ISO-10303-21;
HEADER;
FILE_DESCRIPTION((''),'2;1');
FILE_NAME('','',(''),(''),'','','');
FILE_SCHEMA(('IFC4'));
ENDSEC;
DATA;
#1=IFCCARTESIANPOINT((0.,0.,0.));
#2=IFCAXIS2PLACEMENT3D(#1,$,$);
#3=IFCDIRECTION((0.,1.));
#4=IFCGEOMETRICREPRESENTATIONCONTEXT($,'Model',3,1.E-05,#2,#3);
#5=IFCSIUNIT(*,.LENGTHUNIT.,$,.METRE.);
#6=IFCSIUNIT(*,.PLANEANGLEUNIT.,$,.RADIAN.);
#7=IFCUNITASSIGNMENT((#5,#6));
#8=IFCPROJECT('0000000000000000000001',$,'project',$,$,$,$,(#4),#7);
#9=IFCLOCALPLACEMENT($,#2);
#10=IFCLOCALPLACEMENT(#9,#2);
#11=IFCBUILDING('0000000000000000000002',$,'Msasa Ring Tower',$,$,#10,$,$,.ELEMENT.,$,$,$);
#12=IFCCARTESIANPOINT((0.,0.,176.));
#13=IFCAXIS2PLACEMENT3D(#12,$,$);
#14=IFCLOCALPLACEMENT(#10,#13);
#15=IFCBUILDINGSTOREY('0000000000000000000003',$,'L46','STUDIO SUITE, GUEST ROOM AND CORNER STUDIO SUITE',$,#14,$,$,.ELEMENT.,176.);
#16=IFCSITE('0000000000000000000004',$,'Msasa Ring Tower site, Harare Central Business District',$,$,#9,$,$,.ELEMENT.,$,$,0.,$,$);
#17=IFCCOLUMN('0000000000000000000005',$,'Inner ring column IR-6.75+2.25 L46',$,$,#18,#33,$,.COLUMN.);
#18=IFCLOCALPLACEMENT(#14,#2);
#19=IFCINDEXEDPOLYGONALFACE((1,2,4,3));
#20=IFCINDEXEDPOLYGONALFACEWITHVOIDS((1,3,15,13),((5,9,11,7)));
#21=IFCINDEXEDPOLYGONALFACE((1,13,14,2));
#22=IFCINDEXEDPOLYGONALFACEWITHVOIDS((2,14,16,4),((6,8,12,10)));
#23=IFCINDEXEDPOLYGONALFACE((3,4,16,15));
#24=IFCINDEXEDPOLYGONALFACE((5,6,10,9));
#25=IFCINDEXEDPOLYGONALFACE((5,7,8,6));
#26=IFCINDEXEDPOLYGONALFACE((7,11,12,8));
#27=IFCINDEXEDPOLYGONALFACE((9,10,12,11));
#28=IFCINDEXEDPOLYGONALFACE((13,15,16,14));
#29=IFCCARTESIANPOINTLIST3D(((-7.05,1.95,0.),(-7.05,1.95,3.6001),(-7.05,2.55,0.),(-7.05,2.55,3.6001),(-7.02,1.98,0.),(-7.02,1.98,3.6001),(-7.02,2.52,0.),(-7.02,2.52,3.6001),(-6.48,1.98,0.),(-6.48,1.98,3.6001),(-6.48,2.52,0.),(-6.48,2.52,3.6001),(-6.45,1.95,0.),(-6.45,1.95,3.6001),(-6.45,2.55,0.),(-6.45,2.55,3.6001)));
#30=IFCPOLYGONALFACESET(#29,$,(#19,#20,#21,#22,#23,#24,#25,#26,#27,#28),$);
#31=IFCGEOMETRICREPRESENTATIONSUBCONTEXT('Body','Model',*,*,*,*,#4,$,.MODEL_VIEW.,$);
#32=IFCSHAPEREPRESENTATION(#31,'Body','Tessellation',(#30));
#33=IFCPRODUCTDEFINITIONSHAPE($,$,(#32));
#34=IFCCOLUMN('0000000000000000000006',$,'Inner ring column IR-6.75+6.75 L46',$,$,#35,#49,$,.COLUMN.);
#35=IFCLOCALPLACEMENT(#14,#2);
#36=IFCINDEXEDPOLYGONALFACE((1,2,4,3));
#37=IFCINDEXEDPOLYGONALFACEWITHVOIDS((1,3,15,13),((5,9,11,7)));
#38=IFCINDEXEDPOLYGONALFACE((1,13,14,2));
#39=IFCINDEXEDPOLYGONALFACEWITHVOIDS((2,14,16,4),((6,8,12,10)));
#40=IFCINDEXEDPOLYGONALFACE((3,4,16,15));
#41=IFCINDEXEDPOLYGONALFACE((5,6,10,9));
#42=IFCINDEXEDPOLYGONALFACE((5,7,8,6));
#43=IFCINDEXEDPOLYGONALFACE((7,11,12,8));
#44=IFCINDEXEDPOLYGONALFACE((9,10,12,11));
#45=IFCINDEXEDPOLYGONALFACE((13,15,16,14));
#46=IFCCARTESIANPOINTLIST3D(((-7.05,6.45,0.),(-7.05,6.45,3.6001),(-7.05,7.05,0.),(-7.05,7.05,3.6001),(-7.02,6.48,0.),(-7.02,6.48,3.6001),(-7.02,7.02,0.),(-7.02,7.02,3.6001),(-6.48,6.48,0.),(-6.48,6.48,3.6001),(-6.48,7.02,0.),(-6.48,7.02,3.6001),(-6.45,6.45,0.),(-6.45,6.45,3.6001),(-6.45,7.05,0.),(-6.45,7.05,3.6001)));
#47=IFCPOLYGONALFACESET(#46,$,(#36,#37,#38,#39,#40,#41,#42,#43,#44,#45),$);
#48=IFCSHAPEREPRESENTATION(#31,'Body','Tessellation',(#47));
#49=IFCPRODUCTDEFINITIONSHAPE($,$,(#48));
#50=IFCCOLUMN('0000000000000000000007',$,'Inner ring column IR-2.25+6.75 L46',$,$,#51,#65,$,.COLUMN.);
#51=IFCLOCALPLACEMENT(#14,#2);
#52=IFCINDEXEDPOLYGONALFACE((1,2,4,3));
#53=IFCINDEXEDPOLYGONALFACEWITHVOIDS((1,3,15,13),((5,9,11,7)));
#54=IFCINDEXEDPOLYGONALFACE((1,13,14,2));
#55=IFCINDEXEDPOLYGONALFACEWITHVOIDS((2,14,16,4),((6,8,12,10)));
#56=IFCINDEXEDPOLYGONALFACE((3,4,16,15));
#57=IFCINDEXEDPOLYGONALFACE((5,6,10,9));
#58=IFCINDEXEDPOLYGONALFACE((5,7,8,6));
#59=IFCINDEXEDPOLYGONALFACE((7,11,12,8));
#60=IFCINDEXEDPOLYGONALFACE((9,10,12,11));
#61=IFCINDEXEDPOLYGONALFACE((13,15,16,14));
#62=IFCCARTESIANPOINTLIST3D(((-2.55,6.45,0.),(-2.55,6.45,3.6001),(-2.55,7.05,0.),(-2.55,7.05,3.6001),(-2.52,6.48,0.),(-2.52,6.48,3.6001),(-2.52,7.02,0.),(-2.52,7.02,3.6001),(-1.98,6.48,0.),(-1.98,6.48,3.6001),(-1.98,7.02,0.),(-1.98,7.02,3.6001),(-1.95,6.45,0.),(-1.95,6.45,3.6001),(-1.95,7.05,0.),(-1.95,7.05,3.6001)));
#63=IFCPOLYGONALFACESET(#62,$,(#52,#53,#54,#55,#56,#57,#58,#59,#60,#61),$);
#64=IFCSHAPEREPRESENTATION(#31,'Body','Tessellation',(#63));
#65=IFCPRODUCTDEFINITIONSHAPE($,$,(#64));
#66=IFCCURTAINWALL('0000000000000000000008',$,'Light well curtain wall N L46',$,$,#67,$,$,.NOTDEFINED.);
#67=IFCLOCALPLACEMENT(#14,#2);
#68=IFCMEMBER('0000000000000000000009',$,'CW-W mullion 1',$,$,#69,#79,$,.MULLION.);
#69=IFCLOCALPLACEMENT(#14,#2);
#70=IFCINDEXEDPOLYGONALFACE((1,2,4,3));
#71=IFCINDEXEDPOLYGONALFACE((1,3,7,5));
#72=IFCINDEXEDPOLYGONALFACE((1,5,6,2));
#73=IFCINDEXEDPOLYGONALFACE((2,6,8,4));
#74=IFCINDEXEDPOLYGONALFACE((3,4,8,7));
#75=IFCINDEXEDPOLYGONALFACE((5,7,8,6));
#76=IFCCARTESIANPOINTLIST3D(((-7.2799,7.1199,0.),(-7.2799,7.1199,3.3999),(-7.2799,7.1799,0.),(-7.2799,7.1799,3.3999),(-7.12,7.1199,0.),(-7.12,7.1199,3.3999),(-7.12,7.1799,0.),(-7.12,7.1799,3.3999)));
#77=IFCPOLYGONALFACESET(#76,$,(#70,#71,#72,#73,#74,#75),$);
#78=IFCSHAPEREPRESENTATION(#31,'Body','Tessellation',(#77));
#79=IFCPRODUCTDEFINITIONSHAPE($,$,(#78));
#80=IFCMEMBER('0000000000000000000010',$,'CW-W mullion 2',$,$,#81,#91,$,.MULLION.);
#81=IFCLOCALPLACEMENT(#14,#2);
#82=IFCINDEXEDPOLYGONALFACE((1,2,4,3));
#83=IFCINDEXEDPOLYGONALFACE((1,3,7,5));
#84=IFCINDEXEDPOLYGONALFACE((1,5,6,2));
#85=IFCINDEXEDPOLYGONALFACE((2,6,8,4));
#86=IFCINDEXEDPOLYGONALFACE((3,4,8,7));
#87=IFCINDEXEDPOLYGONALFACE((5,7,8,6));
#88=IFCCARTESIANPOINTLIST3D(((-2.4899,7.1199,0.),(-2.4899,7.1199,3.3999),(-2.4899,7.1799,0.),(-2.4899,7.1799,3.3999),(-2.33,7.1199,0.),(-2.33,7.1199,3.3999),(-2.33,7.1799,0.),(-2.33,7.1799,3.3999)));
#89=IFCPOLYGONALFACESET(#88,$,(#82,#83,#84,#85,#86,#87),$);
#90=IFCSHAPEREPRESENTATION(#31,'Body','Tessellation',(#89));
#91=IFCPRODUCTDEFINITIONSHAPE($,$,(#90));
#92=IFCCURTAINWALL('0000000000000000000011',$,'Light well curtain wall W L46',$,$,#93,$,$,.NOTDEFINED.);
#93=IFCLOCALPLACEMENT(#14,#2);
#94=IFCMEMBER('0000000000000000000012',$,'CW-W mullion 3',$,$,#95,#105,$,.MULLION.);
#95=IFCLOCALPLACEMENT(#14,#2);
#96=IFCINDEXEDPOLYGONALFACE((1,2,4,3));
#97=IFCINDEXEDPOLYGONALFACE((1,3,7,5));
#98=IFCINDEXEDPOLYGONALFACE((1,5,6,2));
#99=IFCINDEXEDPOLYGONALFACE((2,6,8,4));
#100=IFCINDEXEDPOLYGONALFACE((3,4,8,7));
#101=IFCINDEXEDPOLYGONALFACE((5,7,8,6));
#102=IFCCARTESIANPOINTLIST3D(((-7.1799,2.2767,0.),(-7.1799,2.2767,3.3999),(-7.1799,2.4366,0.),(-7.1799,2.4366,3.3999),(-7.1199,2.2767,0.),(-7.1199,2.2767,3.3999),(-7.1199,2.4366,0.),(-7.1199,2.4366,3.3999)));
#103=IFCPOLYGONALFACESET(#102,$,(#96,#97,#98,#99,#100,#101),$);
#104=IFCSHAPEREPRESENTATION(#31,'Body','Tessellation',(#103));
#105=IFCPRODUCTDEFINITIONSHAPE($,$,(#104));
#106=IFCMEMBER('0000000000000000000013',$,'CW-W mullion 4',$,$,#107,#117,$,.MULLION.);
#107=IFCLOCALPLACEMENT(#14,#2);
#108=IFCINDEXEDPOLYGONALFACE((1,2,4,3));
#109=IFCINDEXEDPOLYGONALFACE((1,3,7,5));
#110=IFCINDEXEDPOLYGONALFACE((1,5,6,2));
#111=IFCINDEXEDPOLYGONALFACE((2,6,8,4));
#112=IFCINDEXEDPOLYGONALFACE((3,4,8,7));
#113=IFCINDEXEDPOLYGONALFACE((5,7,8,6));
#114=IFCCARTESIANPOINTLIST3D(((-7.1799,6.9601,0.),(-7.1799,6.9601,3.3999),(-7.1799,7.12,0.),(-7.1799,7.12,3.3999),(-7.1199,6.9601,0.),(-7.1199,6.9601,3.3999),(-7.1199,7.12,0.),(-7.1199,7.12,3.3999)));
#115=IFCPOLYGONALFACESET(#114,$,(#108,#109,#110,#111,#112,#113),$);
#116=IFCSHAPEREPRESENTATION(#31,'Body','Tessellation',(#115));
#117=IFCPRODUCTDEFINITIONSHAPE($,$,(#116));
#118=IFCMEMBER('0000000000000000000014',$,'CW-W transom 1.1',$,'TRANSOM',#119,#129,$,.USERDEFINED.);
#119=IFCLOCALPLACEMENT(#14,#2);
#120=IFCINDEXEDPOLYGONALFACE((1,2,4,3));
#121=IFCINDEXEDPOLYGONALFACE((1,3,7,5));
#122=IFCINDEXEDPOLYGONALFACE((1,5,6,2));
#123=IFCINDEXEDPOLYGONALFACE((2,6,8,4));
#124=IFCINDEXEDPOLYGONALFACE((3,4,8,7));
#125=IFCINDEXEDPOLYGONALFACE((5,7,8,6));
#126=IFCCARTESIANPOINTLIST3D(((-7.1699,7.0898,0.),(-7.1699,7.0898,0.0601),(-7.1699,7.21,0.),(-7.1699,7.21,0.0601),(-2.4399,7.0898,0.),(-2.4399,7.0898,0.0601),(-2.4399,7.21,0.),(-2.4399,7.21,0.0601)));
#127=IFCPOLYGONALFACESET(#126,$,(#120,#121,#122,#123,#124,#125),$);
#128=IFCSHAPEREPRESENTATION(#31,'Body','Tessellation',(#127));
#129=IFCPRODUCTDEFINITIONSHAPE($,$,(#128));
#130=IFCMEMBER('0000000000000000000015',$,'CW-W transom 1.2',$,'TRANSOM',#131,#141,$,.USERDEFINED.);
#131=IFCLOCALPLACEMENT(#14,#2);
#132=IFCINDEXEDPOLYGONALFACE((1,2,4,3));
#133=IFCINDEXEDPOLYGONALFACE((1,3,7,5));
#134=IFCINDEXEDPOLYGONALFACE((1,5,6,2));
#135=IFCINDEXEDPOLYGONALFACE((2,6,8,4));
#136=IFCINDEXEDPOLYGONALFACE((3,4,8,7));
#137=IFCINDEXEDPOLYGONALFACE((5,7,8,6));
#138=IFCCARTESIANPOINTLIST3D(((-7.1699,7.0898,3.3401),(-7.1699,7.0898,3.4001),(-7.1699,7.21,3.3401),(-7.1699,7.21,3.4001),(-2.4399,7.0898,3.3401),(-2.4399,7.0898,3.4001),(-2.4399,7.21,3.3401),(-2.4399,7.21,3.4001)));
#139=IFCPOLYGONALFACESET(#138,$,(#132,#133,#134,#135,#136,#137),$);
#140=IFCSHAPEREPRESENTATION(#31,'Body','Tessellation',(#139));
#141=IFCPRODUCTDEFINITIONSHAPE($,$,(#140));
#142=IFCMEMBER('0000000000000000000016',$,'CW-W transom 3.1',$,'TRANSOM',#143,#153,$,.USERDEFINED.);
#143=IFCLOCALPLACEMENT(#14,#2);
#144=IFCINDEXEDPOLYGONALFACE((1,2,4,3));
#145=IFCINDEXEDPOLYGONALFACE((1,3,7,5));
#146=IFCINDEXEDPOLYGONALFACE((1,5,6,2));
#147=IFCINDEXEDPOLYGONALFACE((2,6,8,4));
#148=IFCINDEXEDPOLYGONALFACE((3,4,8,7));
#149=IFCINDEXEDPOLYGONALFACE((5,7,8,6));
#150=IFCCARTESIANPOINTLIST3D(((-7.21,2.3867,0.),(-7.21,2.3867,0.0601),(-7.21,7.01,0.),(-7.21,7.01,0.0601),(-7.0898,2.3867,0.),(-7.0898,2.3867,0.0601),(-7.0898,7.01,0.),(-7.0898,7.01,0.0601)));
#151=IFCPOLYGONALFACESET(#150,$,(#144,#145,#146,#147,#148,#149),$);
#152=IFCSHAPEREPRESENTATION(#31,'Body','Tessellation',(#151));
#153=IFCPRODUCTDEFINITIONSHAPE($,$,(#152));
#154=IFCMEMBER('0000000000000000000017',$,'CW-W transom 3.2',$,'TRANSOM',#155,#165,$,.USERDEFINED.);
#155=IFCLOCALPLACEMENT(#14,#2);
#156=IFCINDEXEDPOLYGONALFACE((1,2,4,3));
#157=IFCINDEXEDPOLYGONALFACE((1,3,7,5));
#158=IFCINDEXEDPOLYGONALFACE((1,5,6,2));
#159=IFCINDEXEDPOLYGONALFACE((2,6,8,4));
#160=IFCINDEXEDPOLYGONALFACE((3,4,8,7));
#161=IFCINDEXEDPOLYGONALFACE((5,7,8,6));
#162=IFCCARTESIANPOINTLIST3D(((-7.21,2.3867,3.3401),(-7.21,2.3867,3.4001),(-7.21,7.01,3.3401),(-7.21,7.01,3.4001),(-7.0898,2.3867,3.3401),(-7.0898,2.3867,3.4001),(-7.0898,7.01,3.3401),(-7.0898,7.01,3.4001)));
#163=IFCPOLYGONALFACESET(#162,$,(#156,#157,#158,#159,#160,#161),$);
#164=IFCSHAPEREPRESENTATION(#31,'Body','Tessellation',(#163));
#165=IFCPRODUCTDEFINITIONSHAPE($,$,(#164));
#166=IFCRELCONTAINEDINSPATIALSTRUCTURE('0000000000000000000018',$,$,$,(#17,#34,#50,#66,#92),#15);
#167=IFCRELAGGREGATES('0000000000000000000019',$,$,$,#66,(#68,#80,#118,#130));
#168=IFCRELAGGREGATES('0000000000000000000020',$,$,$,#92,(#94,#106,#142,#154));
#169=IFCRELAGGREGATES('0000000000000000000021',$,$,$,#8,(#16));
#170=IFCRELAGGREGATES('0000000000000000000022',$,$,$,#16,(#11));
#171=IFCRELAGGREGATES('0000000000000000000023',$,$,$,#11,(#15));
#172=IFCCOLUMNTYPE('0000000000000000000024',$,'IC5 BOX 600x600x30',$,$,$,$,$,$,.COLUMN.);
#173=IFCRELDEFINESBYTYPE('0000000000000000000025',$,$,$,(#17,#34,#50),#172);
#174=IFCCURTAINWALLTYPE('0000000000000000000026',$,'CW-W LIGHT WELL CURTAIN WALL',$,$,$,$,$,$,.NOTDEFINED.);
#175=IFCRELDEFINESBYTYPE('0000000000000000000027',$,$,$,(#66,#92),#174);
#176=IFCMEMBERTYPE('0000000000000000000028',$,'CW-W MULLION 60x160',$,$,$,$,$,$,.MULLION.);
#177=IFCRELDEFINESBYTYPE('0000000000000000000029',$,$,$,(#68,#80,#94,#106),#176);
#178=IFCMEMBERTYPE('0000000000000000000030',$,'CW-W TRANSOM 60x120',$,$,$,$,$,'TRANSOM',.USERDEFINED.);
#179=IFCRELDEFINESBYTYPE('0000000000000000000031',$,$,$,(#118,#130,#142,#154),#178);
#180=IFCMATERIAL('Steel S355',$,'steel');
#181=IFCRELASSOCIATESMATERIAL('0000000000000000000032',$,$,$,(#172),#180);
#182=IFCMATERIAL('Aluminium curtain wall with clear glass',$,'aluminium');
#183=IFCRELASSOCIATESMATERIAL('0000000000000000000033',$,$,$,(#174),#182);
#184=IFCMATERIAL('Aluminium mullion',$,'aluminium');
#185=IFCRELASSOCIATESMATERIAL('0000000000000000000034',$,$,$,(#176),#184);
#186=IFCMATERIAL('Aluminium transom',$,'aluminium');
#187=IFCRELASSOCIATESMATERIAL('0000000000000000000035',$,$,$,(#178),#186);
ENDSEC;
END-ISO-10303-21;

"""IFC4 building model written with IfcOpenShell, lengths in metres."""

from ifc_helpers import new_model, si_unit, direction, frame, origin, origin_2d, place, context, subcontext, project, spatial, rectangle, hollow_rectangle, extrude, material, material_profile, profile_set, type_object, element, aggregate, save


model = new_model("IFC4")

# Units and contexts
model_context = context("Model", 3, precision=1e-05, world=origin(), true_north=direction((0.0, 1.0)))
body_context = subcontext(model_context, "Body", "Model", "MODEL_VIEW")
ifc_project = project(units=[si_unit("LENGTHUNIT", "METRE"), si_unit("PLANEANGLEUNIT", "RADIAN")], contexts=[model_context])

# Site, building, storey
site_placement = place(None, origin())
site = spatial("IfcSite", under=ifc_project, at=site_placement, Name="Msasa Ring Tower site, Harare Central Business District", CompositionType="ELEMENT", RefElevation=0.0)
building_placement = place(site_placement, origin())
building = spatial("IfcBuilding", under=site, at=building_placement, Name="Msasa Ring Tower", CompositionType="ELEMENT")
storey_placement = place(building_placement, frame((0.0, 0.0, 176.0)))
storey = spatial("IfcBuildingStorey", under=building, at=storey_placement, Name="L46", Description="STUDIO SUITE, GUEST ROOM AND CORNER STUDIO SUITE", CompositionType="ELEMENT", Elevation=176.0)

# Columns
ifc_material_1 = material(Name="Steel S355", Category="steel")
ifc_material_profile_1 = material_profile(ifc_material_1, hollow_rectangle(XDim=0.6001, YDim=0.6001, WallThickness=0.03, at=origin_2d()), Name="BOX 600x600x30")
ifc_profile_set_1 = profile_set([ifc_material_profile_1], Name="Steel S355")
column_type = type_object("IfcColumnType", Name="IC5 BOX 600x600x30", PredefinedType="COLUMN", material=ifc_profile_set_1)
for number, where, z_axis, x_axis, name in (
    (1, (-6.75, 2.25, 0.0), (0.0, 0.0, 1.0), (1.0, 0.0, 0.0), "Inner ring column IR-6.75+2.25 L46"),
    (2, (-6.75, 6.75, 0.0), (0.0, 0.0, 1.0), (1.0, 0.0, 0.0), "Inner ring column IR-6.75+6.75 L46"),
    (3, (-2.25, 6.75, 0.0), (0.0, 0.0, 1.0), (1.0, 0.0, 0.0), "Inner ring column IR-2.25+6.75 L46"),
):
    element("IfcColumn", number, at=place(storey_placement, frame(where, z_axis=z_axis, x_axis=x_axis)), inside=storey, type_object=column_type, Name=name, PredefinedType="COLUMN", context=body_context, shape_type="SweptSolid", body=[
        extrude(hollow_rectangle(XDim=0.6001, YDim=0.6001, WallThickness=0.03, at=origin_2d()), origin(), (0.0, 0.0, 1.0), 3.6001),
    ])

# Curtain walls, members
ifc_material_2 = material(Name="Aluminium curtain wall with clear glass", Category="aluminium")
curtain_wall_type = type_object("IfcCurtainWallType", Name="CW-W LIGHT WELL CURTAIN WALL", PredefinedType="NOTDEFINED", material=ifc_material_2)
curtain_wall_1_placement = place(storey_placement, origin())
curtain_wall_1 = element("IfcCurtainWall", 4, at=curtain_wall_1_placement, inside=storey, type_object=curtain_wall_type, Name="Light well curtain wall N L46", PredefinedType="NOTDEFINED")
ifc_material_3 = material(Name="Aluminium mullion", Category="aluminium")
ifc_material_profile_2 = material_profile(ifc_material_3, rectangle(XDim=0.0601, YDim=0.1599, at=origin_2d()), Name="AL 60x160")
ifc_profile_set_2 = profile_set([ifc_material_profile_2], Name="Aluminium mullion")
member_type_1 = type_object("IfcMemberType", Name="CW-W MULLION 60x160", PredefinedType="MULLION", material=ifc_profile_set_2)
member_1_placement = place(storey_placement, frame((-7.2, 7.1499, 0.0), z_axis=(0.0, 0.0, 1.0), x_axis=(0.0, 1.0, 0.0)))
member_1 = element("IfcMember", 5, at=member_1_placement, type_object=member_type_1, Name="CW-W mullion 1", PredefinedType="MULLION", context=body_context, shape_type="SweptSolid", body=[
    extrude(rectangle(XDim=0.0601, YDim=0.1599, at=origin_2d()), origin(), (0.0, 0.0, 1.0), 3.3999),
])
member_2_placement = place(storey_placement, frame((-2.4099, 7.1499, 0.0), z_axis=(0.0, 0.0, 1.0), x_axis=(0.0, 1.0, 0.0)))
member_2 = element("IfcMember", 6, at=member_2_placement, type_object=member_type_1, Name="CW-W mullion 2", PredefinedType="MULLION", context=body_context, shape_type="SweptSolid", body=[
    extrude(rectangle(XDim=0.0601, YDim=0.1599, at=origin_2d()), origin(), (0.0, 0.0, 1.0), 3.3999),
])
curtain_wall_2_placement = place(storey_placement, origin())
curtain_wall_2 = element("IfcCurtainWall", 7, at=curtain_wall_2_placement, inside=storey, type_object=curtain_wall_type, Name="Light well curtain wall W L46", PredefinedType="NOTDEFINED")
member_3_placement = place(storey_placement, frame((-7.1499, 2.3567, 0.0), z_axis=(0.0, 0.0, 1.0), x_axis=(-1.0, 0.0, 0.0)))
member_3 = element("IfcMember", 8, at=member_3_placement, type_object=member_type_1, Name="CW-W mullion 3", PredefinedType="MULLION", context=body_context, shape_type="SweptSolid", body=[
    extrude(rectangle(XDim=0.0601, YDim=0.1599, at=origin_2d()), origin(), (0.0, 0.0, 1.0), 3.3999),
])
member_4_placement = place(storey_placement, frame((-7.1499, 7.04, 0.0), z_axis=(0.0, 0.0, 1.0), x_axis=(-1.0, 0.0, 0.0)))
member_4 = element("IfcMember", 9, at=member_4_placement, type_object=member_type_1, Name="CW-W mullion 4", PredefinedType="MULLION", context=body_context, shape_type="SweptSolid", body=[
    extrude(rectangle(XDim=0.0601, YDim=0.1599, at=origin_2d()), origin(), (0.0, 0.0, 1.0), 3.3999),
])

# Members
ifc_material_4 = material(Name="Aluminium transom", Category="aluminium")
ifc_material_profile_3 = material_profile(ifc_material_4, rectangle(XDim=0.1201, YDim=0.0601, at=origin_2d()), Name="AL 60x120")
ifc_profile_set_3 = profile_set([ifc_material_profile_3], Name="Aluminium transom")
member_type_2 = type_object("IfcMemberType", Name="CW-W TRANSOM 60x120", ElementType="TRANSOM", PredefinedType="USERDEFINED", material=ifc_profile_set_3)
member_5_placement = place(storey_placement, frame((-7.1699, 7.1499, 0.03), z_axis=(1.0, 0.0, 0.0), x_axis=(0.0, 1.0, 0.0)))
member_5 = element("IfcMember", 10, at=member_5_placement, type_object=member_type_2, Name="CW-W transom 1.1", ObjectType="TRANSOM", PredefinedType="USERDEFINED", context=body_context, shape_type="SweptSolid", body=[
    extrude(rectangle(XDim=0.1201, YDim=0.0601, at=origin_2d()), origin(), (0.0, 0.0, 1.0), 4.73),
])
member_6_placement = place(storey_placement, frame((-7.1699, 7.1499, 3.3701), z_axis=(1.0, 0.0, 0.0), x_axis=(0.0, 1.0, 0.0)))
member_6 = element("IfcMember", 11, at=member_6_placement, type_object=member_type_2, Name="CW-W transom 1.2", ObjectType="TRANSOM", PredefinedType="USERDEFINED", context=body_context, shape_type="SweptSolid", body=[
    extrude(rectangle(XDim=0.1201, YDim=0.0601, at=origin_2d()), origin(), (0.0, 0.0, 1.0), 4.73),
])
member_7_placement = place(storey_placement, frame((-7.1499, 2.3867, 0.03), z_axis=(0.0, 1.0, 0.0), x_axis=(-1.0, 0.0, 0.0)))
member_7 = element("IfcMember", 12, at=member_7_placement, type_object=member_type_2, Name="CW-W transom 3.1", ObjectType="TRANSOM", PredefinedType="USERDEFINED", context=body_context, shape_type="SweptSolid", body=[
    extrude(rectangle(XDim=0.1201, YDim=0.0601, at=origin_2d()), origin(), (0.0, 0.0, 1.0), 4.6233),
])
member_8_placement = place(storey_placement, frame((-7.1499, 2.3867, 3.3701), z_axis=(0.0, 1.0, 0.0), x_axis=(-1.0, 0.0, 0.0)))
member_8 = element("IfcMember", 13, at=member_8_placement, type_object=member_type_2, Name="CW-W transom 3.2", ObjectType="TRANSOM", PredefinedType="USERDEFINED", context=body_context, shape_type="SweptSolid", body=[
    extrude(rectangle(XDim=0.1201, YDim=0.0601, at=origin_2d()), origin(), (0.0, 0.0, 1.0), 4.6233),
])

aggregate(curtain_wall_1, [member_1, member_2, member_5, member_6])
aggregate(curtain_wall_2, [member_3, member_4, member_7, member_8])

save(model, "model.ifc")
